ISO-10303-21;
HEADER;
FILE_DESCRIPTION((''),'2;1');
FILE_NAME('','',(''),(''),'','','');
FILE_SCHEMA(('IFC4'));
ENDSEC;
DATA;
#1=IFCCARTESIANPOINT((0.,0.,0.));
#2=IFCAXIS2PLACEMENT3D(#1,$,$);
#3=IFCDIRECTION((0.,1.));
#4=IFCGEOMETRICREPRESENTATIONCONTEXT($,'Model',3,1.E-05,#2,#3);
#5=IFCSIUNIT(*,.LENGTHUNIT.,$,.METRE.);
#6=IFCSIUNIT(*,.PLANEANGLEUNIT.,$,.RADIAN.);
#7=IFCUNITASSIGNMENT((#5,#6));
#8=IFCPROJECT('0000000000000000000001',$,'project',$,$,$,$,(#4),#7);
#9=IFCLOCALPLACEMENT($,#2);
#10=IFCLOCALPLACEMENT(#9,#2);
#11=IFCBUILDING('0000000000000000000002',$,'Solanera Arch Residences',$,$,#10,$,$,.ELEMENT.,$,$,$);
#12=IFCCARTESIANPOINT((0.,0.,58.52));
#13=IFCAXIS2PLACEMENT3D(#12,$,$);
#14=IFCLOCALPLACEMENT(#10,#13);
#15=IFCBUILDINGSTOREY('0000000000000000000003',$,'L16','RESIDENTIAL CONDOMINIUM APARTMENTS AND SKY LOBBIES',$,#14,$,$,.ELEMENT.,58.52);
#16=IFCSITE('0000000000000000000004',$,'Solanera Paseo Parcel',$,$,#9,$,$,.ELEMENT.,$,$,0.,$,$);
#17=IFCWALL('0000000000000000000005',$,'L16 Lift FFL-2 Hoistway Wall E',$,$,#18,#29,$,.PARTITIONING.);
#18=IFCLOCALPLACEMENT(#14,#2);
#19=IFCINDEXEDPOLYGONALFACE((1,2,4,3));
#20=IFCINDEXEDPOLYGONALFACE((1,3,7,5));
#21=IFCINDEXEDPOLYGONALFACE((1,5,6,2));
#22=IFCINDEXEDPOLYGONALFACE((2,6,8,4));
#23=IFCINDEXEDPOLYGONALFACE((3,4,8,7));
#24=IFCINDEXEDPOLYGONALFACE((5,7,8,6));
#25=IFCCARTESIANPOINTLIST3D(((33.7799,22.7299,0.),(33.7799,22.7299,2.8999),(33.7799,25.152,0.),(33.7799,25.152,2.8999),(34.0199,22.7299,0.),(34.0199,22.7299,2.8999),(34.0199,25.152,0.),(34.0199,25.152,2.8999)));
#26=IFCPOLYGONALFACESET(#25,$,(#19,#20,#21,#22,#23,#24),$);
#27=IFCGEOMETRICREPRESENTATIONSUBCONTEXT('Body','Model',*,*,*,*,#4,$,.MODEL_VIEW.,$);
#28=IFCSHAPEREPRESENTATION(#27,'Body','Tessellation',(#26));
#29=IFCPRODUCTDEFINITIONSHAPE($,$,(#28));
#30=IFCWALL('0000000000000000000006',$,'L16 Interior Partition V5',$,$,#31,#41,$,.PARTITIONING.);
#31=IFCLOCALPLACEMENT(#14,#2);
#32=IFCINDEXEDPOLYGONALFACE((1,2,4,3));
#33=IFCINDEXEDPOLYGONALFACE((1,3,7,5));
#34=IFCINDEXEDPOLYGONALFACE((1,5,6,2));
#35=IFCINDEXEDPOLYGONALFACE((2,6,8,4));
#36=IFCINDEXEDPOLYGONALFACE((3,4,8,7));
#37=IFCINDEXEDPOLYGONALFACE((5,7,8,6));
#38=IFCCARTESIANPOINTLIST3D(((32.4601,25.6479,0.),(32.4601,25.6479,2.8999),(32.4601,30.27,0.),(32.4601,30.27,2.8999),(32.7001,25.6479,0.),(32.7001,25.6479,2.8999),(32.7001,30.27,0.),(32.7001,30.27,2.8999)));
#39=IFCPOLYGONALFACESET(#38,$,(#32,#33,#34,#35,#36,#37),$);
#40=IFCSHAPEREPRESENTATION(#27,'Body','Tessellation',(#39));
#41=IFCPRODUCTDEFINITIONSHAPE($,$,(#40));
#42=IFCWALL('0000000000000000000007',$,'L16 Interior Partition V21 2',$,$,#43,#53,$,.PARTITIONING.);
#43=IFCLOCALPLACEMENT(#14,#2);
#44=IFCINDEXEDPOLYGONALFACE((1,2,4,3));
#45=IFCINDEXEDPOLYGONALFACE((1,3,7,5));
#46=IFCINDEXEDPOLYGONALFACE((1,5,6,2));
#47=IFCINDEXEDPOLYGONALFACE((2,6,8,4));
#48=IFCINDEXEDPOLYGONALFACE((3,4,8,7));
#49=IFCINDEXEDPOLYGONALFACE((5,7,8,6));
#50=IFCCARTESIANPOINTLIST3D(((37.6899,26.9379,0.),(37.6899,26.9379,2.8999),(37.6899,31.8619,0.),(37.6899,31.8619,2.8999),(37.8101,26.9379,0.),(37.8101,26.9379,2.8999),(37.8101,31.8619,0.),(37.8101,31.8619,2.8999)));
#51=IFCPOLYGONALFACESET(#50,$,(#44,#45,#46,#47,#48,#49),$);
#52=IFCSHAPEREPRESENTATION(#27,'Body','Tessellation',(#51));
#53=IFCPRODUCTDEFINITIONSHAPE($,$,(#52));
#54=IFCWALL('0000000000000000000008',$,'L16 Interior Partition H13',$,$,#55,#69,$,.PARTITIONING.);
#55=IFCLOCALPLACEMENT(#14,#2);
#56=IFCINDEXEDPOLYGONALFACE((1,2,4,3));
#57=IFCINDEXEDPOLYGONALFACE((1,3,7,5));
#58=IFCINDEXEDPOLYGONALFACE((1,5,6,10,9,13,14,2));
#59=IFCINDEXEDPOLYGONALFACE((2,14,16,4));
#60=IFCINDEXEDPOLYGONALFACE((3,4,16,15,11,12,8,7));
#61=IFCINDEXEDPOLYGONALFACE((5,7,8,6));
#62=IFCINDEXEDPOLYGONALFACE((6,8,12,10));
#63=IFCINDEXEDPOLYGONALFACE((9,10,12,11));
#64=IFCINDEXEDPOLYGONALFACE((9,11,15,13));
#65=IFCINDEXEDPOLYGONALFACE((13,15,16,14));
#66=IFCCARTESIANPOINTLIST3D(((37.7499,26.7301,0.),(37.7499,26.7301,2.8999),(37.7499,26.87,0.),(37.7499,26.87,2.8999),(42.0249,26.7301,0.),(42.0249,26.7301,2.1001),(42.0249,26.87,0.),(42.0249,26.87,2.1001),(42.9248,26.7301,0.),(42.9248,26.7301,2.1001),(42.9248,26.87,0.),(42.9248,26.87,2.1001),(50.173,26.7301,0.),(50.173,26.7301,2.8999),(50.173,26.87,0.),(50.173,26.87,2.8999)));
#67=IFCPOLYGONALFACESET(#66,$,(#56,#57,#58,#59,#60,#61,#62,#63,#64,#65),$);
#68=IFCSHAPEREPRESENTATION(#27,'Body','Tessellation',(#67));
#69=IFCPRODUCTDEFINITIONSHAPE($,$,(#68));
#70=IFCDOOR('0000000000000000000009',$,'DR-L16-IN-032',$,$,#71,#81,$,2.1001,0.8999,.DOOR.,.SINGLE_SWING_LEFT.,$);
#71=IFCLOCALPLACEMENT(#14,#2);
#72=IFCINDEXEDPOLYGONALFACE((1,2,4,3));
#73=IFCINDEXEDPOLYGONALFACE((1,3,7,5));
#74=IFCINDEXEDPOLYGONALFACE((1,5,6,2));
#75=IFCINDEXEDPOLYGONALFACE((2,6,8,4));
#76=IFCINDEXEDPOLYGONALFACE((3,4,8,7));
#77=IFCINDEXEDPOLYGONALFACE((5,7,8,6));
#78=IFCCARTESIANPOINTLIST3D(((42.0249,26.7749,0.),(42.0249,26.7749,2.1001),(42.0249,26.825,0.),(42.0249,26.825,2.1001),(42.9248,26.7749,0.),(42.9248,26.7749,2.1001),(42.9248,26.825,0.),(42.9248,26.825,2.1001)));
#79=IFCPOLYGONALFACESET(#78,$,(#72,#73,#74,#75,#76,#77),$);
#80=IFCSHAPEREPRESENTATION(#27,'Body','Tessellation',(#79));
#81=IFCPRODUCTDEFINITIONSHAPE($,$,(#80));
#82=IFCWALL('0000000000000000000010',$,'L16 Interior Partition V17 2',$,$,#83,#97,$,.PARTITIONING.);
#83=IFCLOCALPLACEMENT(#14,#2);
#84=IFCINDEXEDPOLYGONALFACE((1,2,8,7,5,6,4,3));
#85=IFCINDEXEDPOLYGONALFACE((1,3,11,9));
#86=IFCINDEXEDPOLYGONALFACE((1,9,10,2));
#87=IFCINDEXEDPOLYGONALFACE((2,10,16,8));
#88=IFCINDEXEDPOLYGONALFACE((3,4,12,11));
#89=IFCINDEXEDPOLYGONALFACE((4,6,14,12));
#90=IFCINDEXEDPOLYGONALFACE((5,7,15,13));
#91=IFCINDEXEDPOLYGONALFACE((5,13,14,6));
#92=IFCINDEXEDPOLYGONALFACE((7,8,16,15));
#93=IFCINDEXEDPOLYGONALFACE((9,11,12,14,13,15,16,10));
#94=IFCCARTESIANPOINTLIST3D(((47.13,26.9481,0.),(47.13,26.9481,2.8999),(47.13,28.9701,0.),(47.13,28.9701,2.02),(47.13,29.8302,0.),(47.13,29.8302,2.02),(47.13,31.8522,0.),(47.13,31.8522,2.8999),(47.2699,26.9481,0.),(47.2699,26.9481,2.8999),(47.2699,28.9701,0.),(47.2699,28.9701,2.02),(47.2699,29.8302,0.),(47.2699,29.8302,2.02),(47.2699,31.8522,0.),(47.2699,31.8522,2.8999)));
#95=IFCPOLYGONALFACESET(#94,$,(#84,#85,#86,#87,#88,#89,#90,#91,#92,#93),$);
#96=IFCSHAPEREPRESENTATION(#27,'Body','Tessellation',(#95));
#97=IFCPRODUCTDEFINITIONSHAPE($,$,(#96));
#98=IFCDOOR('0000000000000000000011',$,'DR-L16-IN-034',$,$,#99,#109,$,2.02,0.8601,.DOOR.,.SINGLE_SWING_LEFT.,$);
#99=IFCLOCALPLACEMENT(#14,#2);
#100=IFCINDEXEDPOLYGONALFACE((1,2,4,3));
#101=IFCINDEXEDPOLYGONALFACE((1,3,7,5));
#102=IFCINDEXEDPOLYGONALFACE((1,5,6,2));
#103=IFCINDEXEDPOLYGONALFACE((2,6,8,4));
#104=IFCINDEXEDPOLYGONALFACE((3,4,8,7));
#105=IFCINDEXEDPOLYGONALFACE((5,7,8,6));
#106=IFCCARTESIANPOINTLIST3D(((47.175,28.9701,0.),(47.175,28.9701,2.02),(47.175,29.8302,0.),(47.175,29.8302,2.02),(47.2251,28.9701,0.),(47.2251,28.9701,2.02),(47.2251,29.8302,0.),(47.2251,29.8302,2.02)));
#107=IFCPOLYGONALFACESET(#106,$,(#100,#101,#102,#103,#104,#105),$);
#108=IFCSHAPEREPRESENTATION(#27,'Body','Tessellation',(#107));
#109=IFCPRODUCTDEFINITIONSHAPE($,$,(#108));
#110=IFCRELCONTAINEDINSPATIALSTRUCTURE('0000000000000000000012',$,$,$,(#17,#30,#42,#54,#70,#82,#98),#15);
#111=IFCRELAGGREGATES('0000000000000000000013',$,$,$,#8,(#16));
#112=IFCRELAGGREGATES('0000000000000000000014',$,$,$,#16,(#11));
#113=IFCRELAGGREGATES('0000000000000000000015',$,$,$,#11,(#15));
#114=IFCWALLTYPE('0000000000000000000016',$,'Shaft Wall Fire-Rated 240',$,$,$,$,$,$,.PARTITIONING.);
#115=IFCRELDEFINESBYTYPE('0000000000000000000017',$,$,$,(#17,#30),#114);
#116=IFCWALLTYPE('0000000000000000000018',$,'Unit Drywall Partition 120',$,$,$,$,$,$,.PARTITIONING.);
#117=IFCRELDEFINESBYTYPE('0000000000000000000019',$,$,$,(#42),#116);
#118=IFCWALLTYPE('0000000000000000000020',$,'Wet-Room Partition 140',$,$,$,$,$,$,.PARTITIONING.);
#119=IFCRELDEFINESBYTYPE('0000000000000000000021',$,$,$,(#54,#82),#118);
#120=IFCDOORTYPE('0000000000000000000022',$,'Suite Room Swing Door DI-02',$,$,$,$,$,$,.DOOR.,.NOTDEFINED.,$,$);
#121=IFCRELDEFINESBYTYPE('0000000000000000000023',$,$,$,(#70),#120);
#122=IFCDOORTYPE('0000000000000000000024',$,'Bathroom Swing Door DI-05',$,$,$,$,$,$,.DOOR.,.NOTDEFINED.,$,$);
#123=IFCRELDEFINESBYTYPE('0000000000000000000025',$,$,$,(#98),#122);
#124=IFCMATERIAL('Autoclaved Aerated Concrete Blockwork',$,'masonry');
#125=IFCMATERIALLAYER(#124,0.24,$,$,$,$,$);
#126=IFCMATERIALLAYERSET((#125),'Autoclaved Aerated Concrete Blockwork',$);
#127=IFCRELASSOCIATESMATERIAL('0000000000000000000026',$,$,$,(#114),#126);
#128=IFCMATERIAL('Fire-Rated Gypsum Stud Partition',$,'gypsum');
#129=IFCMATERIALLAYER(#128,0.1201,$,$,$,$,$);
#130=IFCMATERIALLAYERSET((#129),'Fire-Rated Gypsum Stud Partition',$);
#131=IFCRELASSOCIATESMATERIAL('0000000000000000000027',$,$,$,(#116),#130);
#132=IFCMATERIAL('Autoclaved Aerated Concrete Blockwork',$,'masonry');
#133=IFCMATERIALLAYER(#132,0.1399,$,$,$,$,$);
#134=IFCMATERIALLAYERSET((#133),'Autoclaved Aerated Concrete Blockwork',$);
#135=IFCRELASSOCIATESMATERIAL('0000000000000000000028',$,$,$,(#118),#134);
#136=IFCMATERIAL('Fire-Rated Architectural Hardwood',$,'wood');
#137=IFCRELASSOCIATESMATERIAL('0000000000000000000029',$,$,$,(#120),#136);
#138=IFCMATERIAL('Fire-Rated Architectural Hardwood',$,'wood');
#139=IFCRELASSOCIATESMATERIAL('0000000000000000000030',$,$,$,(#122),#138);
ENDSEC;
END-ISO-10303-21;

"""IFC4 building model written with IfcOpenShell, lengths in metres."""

from ifc_helpers import new_model, si_unit, direction, frame, frame_2d, origin, place, context, subcontext, project, spatial, rectangle, extrude, material, layer, layer_set, type_object, element, fill, save


model = new_model("IFC4")

# Units and contexts
model_context = context("Model", 3, precision=1e-05, world=origin(), true_north=direction((0.0, 1.0)))
body_context = subcontext(model_context, "Body", "Model", "MODEL_VIEW")
ifc_project = project(units=[si_unit("LENGTHUNIT", "METRE"), si_unit("PLANEANGLEUNIT", "RADIAN")], contexts=[model_context])

# Site, building, storey
site_placement = place(None, origin())
site = spatial("IfcSite", under=ifc_project, at=site_placement, Name="Solanera Paseo Parcel", CompositionType="ELEMENT", RefElevation=0.0)
building_placement = place(site_placement, origin())
building = spatial("IfcBuilding", under=site, at=building_placement, Name="Solanera Arch Residences", CompositionType="ELEMENT")
storey_placement = place(building_placement, frame((0.0, 0.0, 58.52)))
storey = spatial("IfcBuildingStorey", under=building, at=storey_placement, Name="L16", Description="RESIDENTIAL CONDOMINIUM APARTMENTS AND SKY LOBBIES", CompositionType="ELEMENT", Elevation=58.52)

# Walls
ifc_material_1 = material(Name="Autoclaved Aerated Concrete Blockwork", Category="masonry")
ifc_layer_1 = layer(ifc_material_1, 0.24)
ifc_layer_set_1 = layer_set([ifc_layer_1], Name="Autoclaved Aerated Concrete Blockwork")
wall_type_1 = type_object("IfcWallType", Name="Shaft Wall Fire-Rated 240", PredefinedType="PARTITIONING", material=ifc_layer_set_1)
wall_1_placement = place(storey_placement, frame((33.8999, 22.73, 0.0), z_axis=(0.0, 0.0, 1.0), x_axis=(0.0, 1.0, 0.0)))
element("IfcWall", 1, at=wall_1_placement, inside=storey, type_object=wall_type_1, Name="L16 Lift FFL-2 Hoistway Wall E", PredefinedType="PARTITIONING", context=body_context, shape_type="SweptSolid", body=[
    extrude(rectangle(XDim=2.4221, YDim=0.24, at=frame_2d((1.2109, 0.0))), origin(), (0.0, 0.0, 1.0), 2.8999),
])
wall_2_placement = place(storey_placement, frame((32.5801, 25.6479, 0.0), z_axis=(0.0, 0.0, 1.0), x_axis=(0.0, 1.0, 0.0)))
element("IfcWall", 2, at=wall_2_placement, inside=storey, type_object=wall_type_1, Name="L16 Interior Partition V5", PredefinedType="PARTITIONING", context=body_context, shape_type="SweptSolid", body=[
    extrude(rectangle(XDim=4.6221, YDim=0.24, at=frame_2d((2.311, 0.0))), origin(), (0.0, 0.0, 1.0), 2.8999),
])
ifc_material_2 = material(Name="Fire-Rated Gypsum Stud Partition", Category="gypsum")
ifc_layer_2 = layer(ifc_material_2, 0.1201)
ifc_layer_set_2 = layer_set([ifc_layer_2], Name="Fire-Rated Gypsum Stud Partition")
wall_type_2 = type_object("IfcWallType", Name="Unit Drywall Partition 120", PredefinedType="PARTITIONING", material=ifc_layer_set_2)
wall_3_placement = place(storey_placement, frame((37.75, 26.938, 0.0), z_axis=(0.0, 0.0, 1.0), x_axis=(0.0, 1.0, 0.0)))
element("IfcWall", 3, at=wall_3_placement, inside=storey, type_object=wall_type_2, Name="L16 Interior Partition V21 2", PredefinedType="PARTITIONING", context=body_context, shape_type="SweptSolid", body=[
    extrude(rectangle(XDim=4.9241, YDim=0.1201, at=frame_2d((2.4619, 0.0))), origin(), (0.0, 0.0, 1.0), 2.8999),
])

# Walls, openings, doors
ifc_material_3 = material(Name="Autoclaved Aerated Concrete Blockwork", Category="masonry")
ifc_layer_3 = layer(ifc_material_3, 0.1399)
ifc_layer_set_3 = layer_set([ifc_layer_3], Name="Autoclaved Aerated Concrete Blockwork")
wall_type_3 = type_object("IfcWallType", Name="Wet-Room Partition 140", PredefinedType="PARTITIONING", material=ifc_layer_set_3)
wall_4_placement = place(storey_placement, frame((37.75, 26.8, 0.0), z_axis=(0.0, 0.0, 1.0), x_axis=(1.0, 0.0, 0.0)))
wall_4 = element("IfcWall", 4, at=wall_4_placement, inside=storey, type_object=wall_type_3, Name="L16 Interior Partition H13", PredefinedType="PARTITIONING", context=body_context, shape_type="SweptSolid", body=[
    extrude(rectangle(XDim=12.4231, YDim=0.1399, at=frame_2d((6.2114, 0.0))), origin(), (0.0, 0.0, 1.0), 2.8999),
])
opening_1_placement = place(wall_4_placement, frame((4.2749, 0.0, 0.0)))
opening_1 = element("IfcOpeningElement", 5, at=opening_1_placement, cuts=wall_4, PredefinedType="OPENING", context=body_context, shape_type="SweptSolid", body=[
    extrude(rectangle(XDim=0.8999, YDim=2.1001, at=frame_2d((0.45, 1.05))), frame((0.0, 0.0798, 0.0), z_axis=(0.0, -1.0, 0.0), x_axis=(1.0, 0.0, 0.0)), (0.0, 0.0, 1.0), 0.1599),
])
ifc_material_4 = material(Name="Fire-Rated Architectural Hardwood", Category="wood")
door_type_1 = type_object("IfcDoorType", Name="Suite Room Swing Door DI-02", OperationType="NOTDEFINED", PredefinedType="DOOR", material=ifc_material_4)
door_1_placement = place(opening_1_placement, origin())
door_1 = element("IfcDoor", 6, at=door_1_placement, inside=storey, type_object=door_type_1, Name="DR-L16-IN-032", OperationType="SINGLE_SWING_LEFT", OverallHeight=2.1001, OverallWidth=0.8999, PredefinedType="DOOR", context=body_context, shape_type="SweptSolid", body=[
    extrude(rectangle(XDim=0.8999, YDim=2.1001, at=frame_2d((0.45, 1.05))), frame((0.0, 0.0249, 0.0), z_axis=(0.0, -1.0, 0.0), x_axis=(1.0, 0.0, 0.0)), (0.0, 0.0, 1.0), 0.05),
])
fill(opening_1, door_1)
wall_5_placement = place(storey_placement, frame((47.2, 26.948, 0.0), z_axis=(0.0, 0.0, 1.0), x_axis=(0.0, 1.0, 0.0)))
wall_5 = element("IfcWall", 7, at=wall_5_placement, inside=storey, type_object=wall_type_3, Name="L16 Interior Partition V17 2", PredefinedType="PARTITIONING", context=body_context, shape_type="SweptSolid", body=[
    extrude(rectangle(XDim=4.9041, YDim=0.1399, at=frame_2d((2.4521, 0.0))), origin(), (0.0, 0.0, 1.0), 2.8999),
])
opening_2_placement = place(wall_5_placement, frame((2.022, 0.0, 0.0)))
opening_2 = element("IfcOpeningElement", 8, at=opening_2_placement, cuts=wall_5, PredefinedType="OPENING", context=body_context, shape_type="SweptSolid", body=[
    extrude(rectangle(XDim=0.8601, YDim=2.02, at=frame_2d((0.4302, 1.01))), frame((0.0, 0.0798, 0.0), z_axis=(0.0, -1.0, 0.0), x_axis=(1.0, 0.0, 0.0)), (0.0, 0.0, 1.0), 0.1599),
])
ifc_material_5 = material(Name="Fire-Rated Architectural Hardwood", Category="wood")
door_type_2 = type_object("IfcDoorType", Name="Bathroom Swing Door DI-05", OperationType="NOTDEFINED", PredefinedType="DOOR", material=ifc_material_5)
door_2_placement = place(opening_2_placement, origin())
door_2 = element("IfcDoor", 9, at=door_2_placement, inside=storey, type_object=door_type_2, Name="DR-L16-IN-034", OperationType="SINGLE_SWING_LEFT", OverallHeight=2.02, OverallWidth=0.8601, PredefinedType="DOOR", context=body_context, shape_type="SweptSolid", body=[
    extrude(rectangle(XDim=0.8601, YDim=2.02, at=frame_2d((0.4302, 1.01))), frame((0.0, 0.0249, 0.0), z_axis=(0.0, -1.0, 0.0), x_axis=(1.0, 0.0, 0.0)), (0.0, 0.0, 1.0), 0.05),
])
fill(opening_2, door_2)

save(model, "model.ifc")
